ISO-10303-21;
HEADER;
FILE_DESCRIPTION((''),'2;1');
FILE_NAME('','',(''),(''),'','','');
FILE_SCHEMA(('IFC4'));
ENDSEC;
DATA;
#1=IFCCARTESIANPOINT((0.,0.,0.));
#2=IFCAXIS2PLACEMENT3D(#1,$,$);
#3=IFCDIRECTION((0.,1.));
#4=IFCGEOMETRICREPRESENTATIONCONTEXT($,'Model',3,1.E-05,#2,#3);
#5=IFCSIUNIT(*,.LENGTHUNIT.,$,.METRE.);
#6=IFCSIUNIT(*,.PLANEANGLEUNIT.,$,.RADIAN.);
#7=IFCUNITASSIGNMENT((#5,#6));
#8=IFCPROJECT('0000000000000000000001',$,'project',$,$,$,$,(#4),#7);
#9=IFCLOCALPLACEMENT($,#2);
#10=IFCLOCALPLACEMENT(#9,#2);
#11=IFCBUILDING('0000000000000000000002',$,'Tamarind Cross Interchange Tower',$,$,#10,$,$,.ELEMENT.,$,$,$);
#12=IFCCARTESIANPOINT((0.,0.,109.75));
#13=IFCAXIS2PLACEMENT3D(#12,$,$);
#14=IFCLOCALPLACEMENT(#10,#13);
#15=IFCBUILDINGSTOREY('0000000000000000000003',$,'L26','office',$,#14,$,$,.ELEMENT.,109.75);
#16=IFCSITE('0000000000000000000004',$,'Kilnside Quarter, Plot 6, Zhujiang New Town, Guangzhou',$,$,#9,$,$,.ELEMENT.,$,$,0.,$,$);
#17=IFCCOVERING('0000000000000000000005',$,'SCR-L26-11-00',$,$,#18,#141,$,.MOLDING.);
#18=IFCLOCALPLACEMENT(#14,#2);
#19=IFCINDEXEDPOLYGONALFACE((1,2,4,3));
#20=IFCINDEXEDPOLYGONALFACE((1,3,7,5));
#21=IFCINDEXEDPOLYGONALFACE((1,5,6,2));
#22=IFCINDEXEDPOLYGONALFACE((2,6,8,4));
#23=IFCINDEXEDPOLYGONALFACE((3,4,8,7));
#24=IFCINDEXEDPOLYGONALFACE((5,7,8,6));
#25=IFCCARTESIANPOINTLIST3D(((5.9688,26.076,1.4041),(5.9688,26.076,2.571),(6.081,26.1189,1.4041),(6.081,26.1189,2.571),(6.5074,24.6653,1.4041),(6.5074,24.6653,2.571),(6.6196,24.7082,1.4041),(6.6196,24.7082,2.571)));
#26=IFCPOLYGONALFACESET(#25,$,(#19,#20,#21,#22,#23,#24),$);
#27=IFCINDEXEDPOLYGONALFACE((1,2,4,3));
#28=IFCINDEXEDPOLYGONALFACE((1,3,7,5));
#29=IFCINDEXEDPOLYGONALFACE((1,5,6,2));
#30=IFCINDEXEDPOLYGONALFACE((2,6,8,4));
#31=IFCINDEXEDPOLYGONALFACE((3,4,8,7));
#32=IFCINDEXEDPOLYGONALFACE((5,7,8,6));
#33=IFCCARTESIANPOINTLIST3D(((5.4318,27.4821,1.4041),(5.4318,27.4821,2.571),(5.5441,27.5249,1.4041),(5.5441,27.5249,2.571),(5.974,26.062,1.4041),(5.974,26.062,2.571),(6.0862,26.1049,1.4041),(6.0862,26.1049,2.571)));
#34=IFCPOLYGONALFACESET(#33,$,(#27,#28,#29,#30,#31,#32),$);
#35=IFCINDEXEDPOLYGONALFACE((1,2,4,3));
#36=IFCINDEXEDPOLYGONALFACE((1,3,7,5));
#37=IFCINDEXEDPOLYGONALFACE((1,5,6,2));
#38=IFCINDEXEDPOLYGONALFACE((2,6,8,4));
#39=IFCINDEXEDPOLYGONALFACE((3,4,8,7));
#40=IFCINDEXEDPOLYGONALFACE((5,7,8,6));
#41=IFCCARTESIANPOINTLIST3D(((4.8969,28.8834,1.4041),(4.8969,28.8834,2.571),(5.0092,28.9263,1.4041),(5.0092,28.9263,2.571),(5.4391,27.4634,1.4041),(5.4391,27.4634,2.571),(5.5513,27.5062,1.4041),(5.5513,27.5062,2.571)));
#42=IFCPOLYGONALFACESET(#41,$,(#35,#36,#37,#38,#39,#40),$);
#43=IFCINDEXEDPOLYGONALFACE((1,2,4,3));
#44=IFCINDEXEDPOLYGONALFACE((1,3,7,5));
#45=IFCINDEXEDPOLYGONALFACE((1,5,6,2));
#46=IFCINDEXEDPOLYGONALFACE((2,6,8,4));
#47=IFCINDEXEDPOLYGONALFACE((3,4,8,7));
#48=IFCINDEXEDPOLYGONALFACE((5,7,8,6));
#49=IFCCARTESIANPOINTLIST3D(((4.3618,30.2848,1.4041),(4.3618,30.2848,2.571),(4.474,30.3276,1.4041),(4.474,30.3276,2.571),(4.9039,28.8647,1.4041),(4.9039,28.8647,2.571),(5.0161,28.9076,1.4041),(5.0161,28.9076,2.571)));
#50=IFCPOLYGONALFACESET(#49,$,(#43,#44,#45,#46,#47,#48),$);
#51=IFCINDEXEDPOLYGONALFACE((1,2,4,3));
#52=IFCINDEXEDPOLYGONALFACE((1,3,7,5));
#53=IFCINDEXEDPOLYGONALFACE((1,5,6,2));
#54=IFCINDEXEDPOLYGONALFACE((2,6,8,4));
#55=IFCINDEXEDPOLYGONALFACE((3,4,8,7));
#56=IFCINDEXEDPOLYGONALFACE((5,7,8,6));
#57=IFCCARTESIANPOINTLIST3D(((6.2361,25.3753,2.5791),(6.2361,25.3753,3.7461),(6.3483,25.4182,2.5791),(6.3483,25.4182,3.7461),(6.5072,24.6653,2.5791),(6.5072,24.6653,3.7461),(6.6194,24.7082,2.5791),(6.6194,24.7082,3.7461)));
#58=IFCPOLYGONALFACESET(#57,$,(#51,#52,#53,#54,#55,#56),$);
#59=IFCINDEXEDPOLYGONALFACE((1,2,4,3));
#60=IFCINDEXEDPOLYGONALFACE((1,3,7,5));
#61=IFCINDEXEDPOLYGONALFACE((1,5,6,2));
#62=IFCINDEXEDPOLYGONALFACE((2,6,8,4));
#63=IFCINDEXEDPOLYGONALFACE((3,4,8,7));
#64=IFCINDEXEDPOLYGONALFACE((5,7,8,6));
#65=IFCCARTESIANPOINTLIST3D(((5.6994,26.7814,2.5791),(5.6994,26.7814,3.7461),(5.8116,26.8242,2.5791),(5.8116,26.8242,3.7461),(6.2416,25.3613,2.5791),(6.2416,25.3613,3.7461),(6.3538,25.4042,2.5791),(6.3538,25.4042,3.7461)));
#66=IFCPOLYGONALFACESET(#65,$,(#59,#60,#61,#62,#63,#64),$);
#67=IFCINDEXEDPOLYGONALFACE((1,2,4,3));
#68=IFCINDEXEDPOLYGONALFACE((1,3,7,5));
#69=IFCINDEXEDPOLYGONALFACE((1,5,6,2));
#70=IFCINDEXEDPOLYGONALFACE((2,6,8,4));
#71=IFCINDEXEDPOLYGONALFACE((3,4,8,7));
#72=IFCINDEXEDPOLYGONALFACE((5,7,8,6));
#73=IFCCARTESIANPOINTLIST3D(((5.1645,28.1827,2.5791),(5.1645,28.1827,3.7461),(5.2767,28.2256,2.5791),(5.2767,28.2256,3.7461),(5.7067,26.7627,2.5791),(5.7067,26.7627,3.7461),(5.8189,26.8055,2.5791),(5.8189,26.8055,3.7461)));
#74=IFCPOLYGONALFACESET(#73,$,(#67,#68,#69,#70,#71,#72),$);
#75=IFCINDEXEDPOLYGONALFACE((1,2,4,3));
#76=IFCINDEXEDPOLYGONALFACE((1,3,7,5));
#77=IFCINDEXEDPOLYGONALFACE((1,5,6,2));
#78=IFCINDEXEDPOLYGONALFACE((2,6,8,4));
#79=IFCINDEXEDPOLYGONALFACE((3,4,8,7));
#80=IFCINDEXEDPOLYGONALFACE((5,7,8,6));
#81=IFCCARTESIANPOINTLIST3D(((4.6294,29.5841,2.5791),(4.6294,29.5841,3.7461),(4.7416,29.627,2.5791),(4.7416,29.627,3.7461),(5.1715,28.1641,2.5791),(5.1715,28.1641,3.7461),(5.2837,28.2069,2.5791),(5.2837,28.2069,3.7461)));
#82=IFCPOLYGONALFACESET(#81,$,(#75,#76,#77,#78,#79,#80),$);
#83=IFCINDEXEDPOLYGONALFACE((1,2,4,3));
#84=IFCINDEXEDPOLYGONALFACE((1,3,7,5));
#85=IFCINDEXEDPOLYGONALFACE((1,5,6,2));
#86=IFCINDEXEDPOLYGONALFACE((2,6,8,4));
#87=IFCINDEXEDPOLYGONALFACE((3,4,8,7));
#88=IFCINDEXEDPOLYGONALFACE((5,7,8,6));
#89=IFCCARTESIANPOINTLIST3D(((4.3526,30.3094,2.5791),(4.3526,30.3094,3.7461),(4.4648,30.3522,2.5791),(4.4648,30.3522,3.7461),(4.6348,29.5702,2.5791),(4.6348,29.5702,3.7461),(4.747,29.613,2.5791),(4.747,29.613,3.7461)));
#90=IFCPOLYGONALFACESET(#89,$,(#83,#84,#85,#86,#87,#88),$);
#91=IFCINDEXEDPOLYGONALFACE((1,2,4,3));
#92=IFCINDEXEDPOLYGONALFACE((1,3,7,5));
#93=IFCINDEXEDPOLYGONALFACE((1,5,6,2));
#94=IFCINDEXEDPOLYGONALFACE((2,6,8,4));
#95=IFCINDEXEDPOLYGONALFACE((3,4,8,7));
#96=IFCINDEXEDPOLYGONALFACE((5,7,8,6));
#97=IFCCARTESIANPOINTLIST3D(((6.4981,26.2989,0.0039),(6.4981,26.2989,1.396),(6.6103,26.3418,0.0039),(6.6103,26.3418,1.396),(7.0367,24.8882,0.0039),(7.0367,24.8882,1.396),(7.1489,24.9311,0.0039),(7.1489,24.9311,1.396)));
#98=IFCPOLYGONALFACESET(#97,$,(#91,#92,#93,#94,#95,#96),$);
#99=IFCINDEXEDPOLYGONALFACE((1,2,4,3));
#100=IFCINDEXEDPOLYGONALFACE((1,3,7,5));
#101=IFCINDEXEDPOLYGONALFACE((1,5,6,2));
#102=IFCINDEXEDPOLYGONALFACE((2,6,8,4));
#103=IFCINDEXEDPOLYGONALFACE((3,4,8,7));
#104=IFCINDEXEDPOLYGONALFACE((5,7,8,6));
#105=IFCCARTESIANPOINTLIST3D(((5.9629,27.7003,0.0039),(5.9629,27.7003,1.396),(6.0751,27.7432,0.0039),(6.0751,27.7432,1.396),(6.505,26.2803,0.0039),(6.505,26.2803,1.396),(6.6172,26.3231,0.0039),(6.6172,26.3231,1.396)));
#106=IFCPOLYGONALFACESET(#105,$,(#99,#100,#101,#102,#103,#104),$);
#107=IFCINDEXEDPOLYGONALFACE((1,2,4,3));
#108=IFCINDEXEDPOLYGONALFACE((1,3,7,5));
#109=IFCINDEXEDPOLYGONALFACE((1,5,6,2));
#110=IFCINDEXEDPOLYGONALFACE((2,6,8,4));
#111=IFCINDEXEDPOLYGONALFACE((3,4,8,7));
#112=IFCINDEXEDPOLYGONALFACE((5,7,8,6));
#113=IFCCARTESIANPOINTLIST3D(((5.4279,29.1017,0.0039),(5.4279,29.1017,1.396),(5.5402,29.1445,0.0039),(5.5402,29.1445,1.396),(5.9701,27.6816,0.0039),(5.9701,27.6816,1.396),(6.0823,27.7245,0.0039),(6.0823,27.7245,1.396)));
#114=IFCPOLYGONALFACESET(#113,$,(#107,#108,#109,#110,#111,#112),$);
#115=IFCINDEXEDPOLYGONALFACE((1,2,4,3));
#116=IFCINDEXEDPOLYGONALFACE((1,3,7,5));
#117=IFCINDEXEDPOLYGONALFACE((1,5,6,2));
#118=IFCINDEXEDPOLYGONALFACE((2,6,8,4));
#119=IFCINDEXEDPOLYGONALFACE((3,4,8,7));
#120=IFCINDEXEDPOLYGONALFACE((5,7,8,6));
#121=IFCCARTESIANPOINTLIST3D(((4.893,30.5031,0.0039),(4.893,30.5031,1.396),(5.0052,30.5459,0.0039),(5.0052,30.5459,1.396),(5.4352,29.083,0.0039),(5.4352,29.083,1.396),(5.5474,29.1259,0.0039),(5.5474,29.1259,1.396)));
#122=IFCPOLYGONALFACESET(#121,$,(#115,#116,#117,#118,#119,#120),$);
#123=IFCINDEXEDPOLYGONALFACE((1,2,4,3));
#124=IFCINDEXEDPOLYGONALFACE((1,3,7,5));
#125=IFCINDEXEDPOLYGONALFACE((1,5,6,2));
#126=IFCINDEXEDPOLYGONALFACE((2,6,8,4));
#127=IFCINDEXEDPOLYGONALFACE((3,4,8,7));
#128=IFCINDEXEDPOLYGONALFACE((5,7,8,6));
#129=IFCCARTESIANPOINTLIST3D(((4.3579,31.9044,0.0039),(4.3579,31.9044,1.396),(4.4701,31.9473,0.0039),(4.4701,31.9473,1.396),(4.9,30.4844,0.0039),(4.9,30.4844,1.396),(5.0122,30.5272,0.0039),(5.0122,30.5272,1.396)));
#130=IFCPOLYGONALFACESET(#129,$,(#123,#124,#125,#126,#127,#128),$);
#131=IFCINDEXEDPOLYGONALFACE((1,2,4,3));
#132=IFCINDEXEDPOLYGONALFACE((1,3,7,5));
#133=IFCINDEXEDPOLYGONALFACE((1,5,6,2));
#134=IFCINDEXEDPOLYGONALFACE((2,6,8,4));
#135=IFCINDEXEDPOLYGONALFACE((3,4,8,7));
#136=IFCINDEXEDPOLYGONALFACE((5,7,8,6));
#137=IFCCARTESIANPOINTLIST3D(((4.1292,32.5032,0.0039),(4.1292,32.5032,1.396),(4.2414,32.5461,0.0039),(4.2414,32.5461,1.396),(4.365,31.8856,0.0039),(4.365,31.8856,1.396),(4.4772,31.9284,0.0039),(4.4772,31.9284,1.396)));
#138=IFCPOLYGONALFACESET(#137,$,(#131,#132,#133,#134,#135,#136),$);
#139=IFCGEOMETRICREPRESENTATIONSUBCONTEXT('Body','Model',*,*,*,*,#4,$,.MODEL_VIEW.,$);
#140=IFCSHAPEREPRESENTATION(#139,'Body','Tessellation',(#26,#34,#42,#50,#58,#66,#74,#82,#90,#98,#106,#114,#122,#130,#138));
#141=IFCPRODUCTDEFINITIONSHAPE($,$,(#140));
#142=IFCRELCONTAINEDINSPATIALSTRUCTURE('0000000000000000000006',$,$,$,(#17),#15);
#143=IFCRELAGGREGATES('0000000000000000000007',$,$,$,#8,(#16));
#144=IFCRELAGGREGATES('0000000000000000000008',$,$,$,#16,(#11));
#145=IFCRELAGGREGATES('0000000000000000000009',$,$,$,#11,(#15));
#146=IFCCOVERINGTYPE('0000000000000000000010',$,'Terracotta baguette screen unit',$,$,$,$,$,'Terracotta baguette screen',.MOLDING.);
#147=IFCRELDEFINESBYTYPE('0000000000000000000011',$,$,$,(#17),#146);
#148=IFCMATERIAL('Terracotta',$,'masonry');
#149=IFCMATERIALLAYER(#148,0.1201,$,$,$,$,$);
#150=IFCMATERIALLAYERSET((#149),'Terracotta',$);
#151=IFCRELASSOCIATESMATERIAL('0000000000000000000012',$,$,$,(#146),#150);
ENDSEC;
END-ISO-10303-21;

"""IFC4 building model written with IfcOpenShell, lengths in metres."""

from ifc_helpers import new_model, si_unit, direction, frame, origin, origin_2d, place, context, subcontext, project, spatial, rectangle, extrude, material, layer, layer_set, type_object, element, save


model = new_model("IFC4")

# Units and contexts
model_context = context("Model", 3, precision=1e-05, world=origin(), true_north=direction((0.0, 1.0)))
body_context = subcontext(model_context, "Body", "Model", "MODEL_VIEW")
ifc_project = project(units=[si_unit("LENGTHUNIT", "METRE"), si_unit("PLANEANGLEUNIT", "RADIAN")], contexts=[model_context])

# Site, building, storey
site_placement = place(None, origin())
site = spatial("IfcSite", under=ifc_project, at=site_placement, Name="Kilnside Quarter, Plot 6, Zhujiang New Town, Guangzhou", CompositionType="ELEMENT", RefElevation=0.0)
building_placement = place(site_placement, origin())
building = spatial("IfcBuilding", under=site, at=building_placement, Name="Tamarind Cross Interchange Tower", CompositionType="ELEMENT")
storey_placement = place(building_placement, frame((0.0, 0.0, 109.75)))
storey = spatial("IfcBuildingStorey", under=building, at=storey_placement, Name="L26", Description="office", CompositionType="ELEMENT", Elevation=109.75)

# Covering
ifc_material_1 = material(Name="Terracotta", Category="masonry")
ifc_layer_1 = layer(ifc_material_1, 0.1201)
ifc_layer_set_1 = layer_set([ifc_layer_1], Name="Terracotta")
covering_type = type_object("IfcCoveringType", Name="Terracotta baguette screen unit", ElementType="Terracotta baguette screen", PredefinedType="MOLDING", material=ifc_layer_set_1)
covering_1_placement = place(storey_placement, origin())
element("IfcCovering", 1, at=covering_1_placement, inside=storey, type_object=covering_type, Name="SCR-L26-11-00", PredefinedType="MOLDING", context=body_context, shape_type="SweptSolid", body=[
    extrude(rectangle(XDim=1.51, YDim=0.1201, at=origin_2d()), frame((6.2942, 25.3921, 1.4041), z_axis=(0.0, 0.0, 1.0), x_axis=(-0.356673, 0.934229, 0.0)), (0.0, 0.0, 1.0), 1.167),
    extrude(rectangle(XDim=1.52, YDim=0.1201, at=origin_2d()), frame((5.759, 26.7935, 1.4041), z_axis=(0.0, 0.0, 1.0), x_axis=(-0.356673, 0.934229, 0.0)), (0.0, 0.0, 1.0), 1.167),
    extrude(rectangle(XDim=1.52, YDim=0.1201, at=origin_2d()), frame((5.2241, 28.1948, 1.4041), z_axis=(0.0, 0.0, 1.0), x_axis=(-0.356673, 0.934229, 0.0)), (0.0, 0.0, 1.0), 1.167),
    extrude(rectangle(XDim=1.52, YDim=0.1201, at=origin_2d()), frame((4.689, 29.5962, 1.4041), z_axis=(0.0, 0.0, 1.0), x_axis=(-0.356673, 0.934229, 0.0)), (0.0, 0.0, 1.0), 1.167),
    extrude(rectangle(XDim=0.76, YDim=0.1201, at=origin_2d()), frame((6.4277, 25.0417, 2.5791), z_axis=(0.0, 0.0, 1.0), x_axis=(-0.356673, 0.934229, 0.0)), (0.0, 0.0, 1.0), 1.167),
    extrude(rectangle(XDim=1.52, YDim=0.1201, at=origin_2d()), frame((6.0266, 26.0928, 2.5791), z_axis=(0.0, 0.0, 1.0), x_axis=(-0.356673, 0.934229, 0.0)), (0.0, 0.0, 1.0), 1.167),
    extrude(rectangle(XDim=1.52, YDim=0.1201, at=origin_2d()), frame((5.4917, 27.4941, 2.5791), z_axis=(0.0, 0.0, 1.0), x_axis=(-0.356673, 0.934229, 0.0)), (0.0, 0.0, 1.0), 1.167),
    extrude(rectangle(XDim=1.52, YDim=0.1201, at=origin_2d()), frame((4.9565, 28.8955, 2.5791), z_axis=(0.0, 0.0, 1.0), x_axis=(-0.356673, 0.934229, 0.0)), (0.0, 0.0, 1.0), 1.167),
    extrude(rectangle(XDim=0.7913, YDim=0.1201, at=origin_2d()), frame((4.5498, 29.9612, 2.5791), z_axis=(0.0, 0.0, 1.0), x_axis=(-0.356673, 0.934229, 0.0)), (0.0, 0.0, 1.0), 1.167),
    extrude(rectangle(XDim=1.51, YDim=0.1201, at=origin_2d()), frame((6.8235, 25.615, 0.0039), z_axis=(0.0, 0.0, 1.0), x_axis=(-0.356673, 0.934229, 0.0)), (0.0, 0.0, 1.0), 1.3921),
    extrude(rectangle(XDim=1.52, YDim=0.1201, at=origin_2d()), frame((6.29, 27.0117, 0.0039), z_axis=(0.0, 0.0, 1.0), x_axis=(-0.356673, 0.934229, 0.0)), (0.0, 0.0, 1.0), 1.3921),
    extrude(rectangle(XDim=1.52, YDim=0.1201, at=origin_2d()), frame((5.7551, 28.4131, 0.0039), z_axis=(0.0, 0.0, 1.0), x_axis=(-0.356673, 0.934229, 0.0)), (0.0, 0.0, 1.0), 1.3921),
    extrude(rectangle(XDim=1.52, YDim=0.1201, at=origin_2d()), frame((5.2202, 29.8145, 0.0039), z_axis=(0.0, 0.0, 1.0), x_axis=(-0.356673, 0.934229, 0.0)), (0.0, 0.0, 1.0), 1.3921),
    extrude(rectangle(XDim=1.52, YDim=0.1201, at=origin_2d()), frame((4.6851, 31.2158, 0.0039), z_axis=(0.0, 0.0, 1.0), x_axis=(-0.356673, 0.934229, 0.0)), (0.0, 0.0, 1.0), 1.3921),
    extrude(rectangle(XDim=0.6611, YDim=0.1201, at=origin_2d()), frame((4.3032, 32.2158, 0.0039), z_axis=(0.0, 0.0, 1.0), x_axis=(-0.356673, 0.934229, 0.0)), (0.0, 0.0, 1.0), 1.3921),
])

save(model, "model.ifc")
